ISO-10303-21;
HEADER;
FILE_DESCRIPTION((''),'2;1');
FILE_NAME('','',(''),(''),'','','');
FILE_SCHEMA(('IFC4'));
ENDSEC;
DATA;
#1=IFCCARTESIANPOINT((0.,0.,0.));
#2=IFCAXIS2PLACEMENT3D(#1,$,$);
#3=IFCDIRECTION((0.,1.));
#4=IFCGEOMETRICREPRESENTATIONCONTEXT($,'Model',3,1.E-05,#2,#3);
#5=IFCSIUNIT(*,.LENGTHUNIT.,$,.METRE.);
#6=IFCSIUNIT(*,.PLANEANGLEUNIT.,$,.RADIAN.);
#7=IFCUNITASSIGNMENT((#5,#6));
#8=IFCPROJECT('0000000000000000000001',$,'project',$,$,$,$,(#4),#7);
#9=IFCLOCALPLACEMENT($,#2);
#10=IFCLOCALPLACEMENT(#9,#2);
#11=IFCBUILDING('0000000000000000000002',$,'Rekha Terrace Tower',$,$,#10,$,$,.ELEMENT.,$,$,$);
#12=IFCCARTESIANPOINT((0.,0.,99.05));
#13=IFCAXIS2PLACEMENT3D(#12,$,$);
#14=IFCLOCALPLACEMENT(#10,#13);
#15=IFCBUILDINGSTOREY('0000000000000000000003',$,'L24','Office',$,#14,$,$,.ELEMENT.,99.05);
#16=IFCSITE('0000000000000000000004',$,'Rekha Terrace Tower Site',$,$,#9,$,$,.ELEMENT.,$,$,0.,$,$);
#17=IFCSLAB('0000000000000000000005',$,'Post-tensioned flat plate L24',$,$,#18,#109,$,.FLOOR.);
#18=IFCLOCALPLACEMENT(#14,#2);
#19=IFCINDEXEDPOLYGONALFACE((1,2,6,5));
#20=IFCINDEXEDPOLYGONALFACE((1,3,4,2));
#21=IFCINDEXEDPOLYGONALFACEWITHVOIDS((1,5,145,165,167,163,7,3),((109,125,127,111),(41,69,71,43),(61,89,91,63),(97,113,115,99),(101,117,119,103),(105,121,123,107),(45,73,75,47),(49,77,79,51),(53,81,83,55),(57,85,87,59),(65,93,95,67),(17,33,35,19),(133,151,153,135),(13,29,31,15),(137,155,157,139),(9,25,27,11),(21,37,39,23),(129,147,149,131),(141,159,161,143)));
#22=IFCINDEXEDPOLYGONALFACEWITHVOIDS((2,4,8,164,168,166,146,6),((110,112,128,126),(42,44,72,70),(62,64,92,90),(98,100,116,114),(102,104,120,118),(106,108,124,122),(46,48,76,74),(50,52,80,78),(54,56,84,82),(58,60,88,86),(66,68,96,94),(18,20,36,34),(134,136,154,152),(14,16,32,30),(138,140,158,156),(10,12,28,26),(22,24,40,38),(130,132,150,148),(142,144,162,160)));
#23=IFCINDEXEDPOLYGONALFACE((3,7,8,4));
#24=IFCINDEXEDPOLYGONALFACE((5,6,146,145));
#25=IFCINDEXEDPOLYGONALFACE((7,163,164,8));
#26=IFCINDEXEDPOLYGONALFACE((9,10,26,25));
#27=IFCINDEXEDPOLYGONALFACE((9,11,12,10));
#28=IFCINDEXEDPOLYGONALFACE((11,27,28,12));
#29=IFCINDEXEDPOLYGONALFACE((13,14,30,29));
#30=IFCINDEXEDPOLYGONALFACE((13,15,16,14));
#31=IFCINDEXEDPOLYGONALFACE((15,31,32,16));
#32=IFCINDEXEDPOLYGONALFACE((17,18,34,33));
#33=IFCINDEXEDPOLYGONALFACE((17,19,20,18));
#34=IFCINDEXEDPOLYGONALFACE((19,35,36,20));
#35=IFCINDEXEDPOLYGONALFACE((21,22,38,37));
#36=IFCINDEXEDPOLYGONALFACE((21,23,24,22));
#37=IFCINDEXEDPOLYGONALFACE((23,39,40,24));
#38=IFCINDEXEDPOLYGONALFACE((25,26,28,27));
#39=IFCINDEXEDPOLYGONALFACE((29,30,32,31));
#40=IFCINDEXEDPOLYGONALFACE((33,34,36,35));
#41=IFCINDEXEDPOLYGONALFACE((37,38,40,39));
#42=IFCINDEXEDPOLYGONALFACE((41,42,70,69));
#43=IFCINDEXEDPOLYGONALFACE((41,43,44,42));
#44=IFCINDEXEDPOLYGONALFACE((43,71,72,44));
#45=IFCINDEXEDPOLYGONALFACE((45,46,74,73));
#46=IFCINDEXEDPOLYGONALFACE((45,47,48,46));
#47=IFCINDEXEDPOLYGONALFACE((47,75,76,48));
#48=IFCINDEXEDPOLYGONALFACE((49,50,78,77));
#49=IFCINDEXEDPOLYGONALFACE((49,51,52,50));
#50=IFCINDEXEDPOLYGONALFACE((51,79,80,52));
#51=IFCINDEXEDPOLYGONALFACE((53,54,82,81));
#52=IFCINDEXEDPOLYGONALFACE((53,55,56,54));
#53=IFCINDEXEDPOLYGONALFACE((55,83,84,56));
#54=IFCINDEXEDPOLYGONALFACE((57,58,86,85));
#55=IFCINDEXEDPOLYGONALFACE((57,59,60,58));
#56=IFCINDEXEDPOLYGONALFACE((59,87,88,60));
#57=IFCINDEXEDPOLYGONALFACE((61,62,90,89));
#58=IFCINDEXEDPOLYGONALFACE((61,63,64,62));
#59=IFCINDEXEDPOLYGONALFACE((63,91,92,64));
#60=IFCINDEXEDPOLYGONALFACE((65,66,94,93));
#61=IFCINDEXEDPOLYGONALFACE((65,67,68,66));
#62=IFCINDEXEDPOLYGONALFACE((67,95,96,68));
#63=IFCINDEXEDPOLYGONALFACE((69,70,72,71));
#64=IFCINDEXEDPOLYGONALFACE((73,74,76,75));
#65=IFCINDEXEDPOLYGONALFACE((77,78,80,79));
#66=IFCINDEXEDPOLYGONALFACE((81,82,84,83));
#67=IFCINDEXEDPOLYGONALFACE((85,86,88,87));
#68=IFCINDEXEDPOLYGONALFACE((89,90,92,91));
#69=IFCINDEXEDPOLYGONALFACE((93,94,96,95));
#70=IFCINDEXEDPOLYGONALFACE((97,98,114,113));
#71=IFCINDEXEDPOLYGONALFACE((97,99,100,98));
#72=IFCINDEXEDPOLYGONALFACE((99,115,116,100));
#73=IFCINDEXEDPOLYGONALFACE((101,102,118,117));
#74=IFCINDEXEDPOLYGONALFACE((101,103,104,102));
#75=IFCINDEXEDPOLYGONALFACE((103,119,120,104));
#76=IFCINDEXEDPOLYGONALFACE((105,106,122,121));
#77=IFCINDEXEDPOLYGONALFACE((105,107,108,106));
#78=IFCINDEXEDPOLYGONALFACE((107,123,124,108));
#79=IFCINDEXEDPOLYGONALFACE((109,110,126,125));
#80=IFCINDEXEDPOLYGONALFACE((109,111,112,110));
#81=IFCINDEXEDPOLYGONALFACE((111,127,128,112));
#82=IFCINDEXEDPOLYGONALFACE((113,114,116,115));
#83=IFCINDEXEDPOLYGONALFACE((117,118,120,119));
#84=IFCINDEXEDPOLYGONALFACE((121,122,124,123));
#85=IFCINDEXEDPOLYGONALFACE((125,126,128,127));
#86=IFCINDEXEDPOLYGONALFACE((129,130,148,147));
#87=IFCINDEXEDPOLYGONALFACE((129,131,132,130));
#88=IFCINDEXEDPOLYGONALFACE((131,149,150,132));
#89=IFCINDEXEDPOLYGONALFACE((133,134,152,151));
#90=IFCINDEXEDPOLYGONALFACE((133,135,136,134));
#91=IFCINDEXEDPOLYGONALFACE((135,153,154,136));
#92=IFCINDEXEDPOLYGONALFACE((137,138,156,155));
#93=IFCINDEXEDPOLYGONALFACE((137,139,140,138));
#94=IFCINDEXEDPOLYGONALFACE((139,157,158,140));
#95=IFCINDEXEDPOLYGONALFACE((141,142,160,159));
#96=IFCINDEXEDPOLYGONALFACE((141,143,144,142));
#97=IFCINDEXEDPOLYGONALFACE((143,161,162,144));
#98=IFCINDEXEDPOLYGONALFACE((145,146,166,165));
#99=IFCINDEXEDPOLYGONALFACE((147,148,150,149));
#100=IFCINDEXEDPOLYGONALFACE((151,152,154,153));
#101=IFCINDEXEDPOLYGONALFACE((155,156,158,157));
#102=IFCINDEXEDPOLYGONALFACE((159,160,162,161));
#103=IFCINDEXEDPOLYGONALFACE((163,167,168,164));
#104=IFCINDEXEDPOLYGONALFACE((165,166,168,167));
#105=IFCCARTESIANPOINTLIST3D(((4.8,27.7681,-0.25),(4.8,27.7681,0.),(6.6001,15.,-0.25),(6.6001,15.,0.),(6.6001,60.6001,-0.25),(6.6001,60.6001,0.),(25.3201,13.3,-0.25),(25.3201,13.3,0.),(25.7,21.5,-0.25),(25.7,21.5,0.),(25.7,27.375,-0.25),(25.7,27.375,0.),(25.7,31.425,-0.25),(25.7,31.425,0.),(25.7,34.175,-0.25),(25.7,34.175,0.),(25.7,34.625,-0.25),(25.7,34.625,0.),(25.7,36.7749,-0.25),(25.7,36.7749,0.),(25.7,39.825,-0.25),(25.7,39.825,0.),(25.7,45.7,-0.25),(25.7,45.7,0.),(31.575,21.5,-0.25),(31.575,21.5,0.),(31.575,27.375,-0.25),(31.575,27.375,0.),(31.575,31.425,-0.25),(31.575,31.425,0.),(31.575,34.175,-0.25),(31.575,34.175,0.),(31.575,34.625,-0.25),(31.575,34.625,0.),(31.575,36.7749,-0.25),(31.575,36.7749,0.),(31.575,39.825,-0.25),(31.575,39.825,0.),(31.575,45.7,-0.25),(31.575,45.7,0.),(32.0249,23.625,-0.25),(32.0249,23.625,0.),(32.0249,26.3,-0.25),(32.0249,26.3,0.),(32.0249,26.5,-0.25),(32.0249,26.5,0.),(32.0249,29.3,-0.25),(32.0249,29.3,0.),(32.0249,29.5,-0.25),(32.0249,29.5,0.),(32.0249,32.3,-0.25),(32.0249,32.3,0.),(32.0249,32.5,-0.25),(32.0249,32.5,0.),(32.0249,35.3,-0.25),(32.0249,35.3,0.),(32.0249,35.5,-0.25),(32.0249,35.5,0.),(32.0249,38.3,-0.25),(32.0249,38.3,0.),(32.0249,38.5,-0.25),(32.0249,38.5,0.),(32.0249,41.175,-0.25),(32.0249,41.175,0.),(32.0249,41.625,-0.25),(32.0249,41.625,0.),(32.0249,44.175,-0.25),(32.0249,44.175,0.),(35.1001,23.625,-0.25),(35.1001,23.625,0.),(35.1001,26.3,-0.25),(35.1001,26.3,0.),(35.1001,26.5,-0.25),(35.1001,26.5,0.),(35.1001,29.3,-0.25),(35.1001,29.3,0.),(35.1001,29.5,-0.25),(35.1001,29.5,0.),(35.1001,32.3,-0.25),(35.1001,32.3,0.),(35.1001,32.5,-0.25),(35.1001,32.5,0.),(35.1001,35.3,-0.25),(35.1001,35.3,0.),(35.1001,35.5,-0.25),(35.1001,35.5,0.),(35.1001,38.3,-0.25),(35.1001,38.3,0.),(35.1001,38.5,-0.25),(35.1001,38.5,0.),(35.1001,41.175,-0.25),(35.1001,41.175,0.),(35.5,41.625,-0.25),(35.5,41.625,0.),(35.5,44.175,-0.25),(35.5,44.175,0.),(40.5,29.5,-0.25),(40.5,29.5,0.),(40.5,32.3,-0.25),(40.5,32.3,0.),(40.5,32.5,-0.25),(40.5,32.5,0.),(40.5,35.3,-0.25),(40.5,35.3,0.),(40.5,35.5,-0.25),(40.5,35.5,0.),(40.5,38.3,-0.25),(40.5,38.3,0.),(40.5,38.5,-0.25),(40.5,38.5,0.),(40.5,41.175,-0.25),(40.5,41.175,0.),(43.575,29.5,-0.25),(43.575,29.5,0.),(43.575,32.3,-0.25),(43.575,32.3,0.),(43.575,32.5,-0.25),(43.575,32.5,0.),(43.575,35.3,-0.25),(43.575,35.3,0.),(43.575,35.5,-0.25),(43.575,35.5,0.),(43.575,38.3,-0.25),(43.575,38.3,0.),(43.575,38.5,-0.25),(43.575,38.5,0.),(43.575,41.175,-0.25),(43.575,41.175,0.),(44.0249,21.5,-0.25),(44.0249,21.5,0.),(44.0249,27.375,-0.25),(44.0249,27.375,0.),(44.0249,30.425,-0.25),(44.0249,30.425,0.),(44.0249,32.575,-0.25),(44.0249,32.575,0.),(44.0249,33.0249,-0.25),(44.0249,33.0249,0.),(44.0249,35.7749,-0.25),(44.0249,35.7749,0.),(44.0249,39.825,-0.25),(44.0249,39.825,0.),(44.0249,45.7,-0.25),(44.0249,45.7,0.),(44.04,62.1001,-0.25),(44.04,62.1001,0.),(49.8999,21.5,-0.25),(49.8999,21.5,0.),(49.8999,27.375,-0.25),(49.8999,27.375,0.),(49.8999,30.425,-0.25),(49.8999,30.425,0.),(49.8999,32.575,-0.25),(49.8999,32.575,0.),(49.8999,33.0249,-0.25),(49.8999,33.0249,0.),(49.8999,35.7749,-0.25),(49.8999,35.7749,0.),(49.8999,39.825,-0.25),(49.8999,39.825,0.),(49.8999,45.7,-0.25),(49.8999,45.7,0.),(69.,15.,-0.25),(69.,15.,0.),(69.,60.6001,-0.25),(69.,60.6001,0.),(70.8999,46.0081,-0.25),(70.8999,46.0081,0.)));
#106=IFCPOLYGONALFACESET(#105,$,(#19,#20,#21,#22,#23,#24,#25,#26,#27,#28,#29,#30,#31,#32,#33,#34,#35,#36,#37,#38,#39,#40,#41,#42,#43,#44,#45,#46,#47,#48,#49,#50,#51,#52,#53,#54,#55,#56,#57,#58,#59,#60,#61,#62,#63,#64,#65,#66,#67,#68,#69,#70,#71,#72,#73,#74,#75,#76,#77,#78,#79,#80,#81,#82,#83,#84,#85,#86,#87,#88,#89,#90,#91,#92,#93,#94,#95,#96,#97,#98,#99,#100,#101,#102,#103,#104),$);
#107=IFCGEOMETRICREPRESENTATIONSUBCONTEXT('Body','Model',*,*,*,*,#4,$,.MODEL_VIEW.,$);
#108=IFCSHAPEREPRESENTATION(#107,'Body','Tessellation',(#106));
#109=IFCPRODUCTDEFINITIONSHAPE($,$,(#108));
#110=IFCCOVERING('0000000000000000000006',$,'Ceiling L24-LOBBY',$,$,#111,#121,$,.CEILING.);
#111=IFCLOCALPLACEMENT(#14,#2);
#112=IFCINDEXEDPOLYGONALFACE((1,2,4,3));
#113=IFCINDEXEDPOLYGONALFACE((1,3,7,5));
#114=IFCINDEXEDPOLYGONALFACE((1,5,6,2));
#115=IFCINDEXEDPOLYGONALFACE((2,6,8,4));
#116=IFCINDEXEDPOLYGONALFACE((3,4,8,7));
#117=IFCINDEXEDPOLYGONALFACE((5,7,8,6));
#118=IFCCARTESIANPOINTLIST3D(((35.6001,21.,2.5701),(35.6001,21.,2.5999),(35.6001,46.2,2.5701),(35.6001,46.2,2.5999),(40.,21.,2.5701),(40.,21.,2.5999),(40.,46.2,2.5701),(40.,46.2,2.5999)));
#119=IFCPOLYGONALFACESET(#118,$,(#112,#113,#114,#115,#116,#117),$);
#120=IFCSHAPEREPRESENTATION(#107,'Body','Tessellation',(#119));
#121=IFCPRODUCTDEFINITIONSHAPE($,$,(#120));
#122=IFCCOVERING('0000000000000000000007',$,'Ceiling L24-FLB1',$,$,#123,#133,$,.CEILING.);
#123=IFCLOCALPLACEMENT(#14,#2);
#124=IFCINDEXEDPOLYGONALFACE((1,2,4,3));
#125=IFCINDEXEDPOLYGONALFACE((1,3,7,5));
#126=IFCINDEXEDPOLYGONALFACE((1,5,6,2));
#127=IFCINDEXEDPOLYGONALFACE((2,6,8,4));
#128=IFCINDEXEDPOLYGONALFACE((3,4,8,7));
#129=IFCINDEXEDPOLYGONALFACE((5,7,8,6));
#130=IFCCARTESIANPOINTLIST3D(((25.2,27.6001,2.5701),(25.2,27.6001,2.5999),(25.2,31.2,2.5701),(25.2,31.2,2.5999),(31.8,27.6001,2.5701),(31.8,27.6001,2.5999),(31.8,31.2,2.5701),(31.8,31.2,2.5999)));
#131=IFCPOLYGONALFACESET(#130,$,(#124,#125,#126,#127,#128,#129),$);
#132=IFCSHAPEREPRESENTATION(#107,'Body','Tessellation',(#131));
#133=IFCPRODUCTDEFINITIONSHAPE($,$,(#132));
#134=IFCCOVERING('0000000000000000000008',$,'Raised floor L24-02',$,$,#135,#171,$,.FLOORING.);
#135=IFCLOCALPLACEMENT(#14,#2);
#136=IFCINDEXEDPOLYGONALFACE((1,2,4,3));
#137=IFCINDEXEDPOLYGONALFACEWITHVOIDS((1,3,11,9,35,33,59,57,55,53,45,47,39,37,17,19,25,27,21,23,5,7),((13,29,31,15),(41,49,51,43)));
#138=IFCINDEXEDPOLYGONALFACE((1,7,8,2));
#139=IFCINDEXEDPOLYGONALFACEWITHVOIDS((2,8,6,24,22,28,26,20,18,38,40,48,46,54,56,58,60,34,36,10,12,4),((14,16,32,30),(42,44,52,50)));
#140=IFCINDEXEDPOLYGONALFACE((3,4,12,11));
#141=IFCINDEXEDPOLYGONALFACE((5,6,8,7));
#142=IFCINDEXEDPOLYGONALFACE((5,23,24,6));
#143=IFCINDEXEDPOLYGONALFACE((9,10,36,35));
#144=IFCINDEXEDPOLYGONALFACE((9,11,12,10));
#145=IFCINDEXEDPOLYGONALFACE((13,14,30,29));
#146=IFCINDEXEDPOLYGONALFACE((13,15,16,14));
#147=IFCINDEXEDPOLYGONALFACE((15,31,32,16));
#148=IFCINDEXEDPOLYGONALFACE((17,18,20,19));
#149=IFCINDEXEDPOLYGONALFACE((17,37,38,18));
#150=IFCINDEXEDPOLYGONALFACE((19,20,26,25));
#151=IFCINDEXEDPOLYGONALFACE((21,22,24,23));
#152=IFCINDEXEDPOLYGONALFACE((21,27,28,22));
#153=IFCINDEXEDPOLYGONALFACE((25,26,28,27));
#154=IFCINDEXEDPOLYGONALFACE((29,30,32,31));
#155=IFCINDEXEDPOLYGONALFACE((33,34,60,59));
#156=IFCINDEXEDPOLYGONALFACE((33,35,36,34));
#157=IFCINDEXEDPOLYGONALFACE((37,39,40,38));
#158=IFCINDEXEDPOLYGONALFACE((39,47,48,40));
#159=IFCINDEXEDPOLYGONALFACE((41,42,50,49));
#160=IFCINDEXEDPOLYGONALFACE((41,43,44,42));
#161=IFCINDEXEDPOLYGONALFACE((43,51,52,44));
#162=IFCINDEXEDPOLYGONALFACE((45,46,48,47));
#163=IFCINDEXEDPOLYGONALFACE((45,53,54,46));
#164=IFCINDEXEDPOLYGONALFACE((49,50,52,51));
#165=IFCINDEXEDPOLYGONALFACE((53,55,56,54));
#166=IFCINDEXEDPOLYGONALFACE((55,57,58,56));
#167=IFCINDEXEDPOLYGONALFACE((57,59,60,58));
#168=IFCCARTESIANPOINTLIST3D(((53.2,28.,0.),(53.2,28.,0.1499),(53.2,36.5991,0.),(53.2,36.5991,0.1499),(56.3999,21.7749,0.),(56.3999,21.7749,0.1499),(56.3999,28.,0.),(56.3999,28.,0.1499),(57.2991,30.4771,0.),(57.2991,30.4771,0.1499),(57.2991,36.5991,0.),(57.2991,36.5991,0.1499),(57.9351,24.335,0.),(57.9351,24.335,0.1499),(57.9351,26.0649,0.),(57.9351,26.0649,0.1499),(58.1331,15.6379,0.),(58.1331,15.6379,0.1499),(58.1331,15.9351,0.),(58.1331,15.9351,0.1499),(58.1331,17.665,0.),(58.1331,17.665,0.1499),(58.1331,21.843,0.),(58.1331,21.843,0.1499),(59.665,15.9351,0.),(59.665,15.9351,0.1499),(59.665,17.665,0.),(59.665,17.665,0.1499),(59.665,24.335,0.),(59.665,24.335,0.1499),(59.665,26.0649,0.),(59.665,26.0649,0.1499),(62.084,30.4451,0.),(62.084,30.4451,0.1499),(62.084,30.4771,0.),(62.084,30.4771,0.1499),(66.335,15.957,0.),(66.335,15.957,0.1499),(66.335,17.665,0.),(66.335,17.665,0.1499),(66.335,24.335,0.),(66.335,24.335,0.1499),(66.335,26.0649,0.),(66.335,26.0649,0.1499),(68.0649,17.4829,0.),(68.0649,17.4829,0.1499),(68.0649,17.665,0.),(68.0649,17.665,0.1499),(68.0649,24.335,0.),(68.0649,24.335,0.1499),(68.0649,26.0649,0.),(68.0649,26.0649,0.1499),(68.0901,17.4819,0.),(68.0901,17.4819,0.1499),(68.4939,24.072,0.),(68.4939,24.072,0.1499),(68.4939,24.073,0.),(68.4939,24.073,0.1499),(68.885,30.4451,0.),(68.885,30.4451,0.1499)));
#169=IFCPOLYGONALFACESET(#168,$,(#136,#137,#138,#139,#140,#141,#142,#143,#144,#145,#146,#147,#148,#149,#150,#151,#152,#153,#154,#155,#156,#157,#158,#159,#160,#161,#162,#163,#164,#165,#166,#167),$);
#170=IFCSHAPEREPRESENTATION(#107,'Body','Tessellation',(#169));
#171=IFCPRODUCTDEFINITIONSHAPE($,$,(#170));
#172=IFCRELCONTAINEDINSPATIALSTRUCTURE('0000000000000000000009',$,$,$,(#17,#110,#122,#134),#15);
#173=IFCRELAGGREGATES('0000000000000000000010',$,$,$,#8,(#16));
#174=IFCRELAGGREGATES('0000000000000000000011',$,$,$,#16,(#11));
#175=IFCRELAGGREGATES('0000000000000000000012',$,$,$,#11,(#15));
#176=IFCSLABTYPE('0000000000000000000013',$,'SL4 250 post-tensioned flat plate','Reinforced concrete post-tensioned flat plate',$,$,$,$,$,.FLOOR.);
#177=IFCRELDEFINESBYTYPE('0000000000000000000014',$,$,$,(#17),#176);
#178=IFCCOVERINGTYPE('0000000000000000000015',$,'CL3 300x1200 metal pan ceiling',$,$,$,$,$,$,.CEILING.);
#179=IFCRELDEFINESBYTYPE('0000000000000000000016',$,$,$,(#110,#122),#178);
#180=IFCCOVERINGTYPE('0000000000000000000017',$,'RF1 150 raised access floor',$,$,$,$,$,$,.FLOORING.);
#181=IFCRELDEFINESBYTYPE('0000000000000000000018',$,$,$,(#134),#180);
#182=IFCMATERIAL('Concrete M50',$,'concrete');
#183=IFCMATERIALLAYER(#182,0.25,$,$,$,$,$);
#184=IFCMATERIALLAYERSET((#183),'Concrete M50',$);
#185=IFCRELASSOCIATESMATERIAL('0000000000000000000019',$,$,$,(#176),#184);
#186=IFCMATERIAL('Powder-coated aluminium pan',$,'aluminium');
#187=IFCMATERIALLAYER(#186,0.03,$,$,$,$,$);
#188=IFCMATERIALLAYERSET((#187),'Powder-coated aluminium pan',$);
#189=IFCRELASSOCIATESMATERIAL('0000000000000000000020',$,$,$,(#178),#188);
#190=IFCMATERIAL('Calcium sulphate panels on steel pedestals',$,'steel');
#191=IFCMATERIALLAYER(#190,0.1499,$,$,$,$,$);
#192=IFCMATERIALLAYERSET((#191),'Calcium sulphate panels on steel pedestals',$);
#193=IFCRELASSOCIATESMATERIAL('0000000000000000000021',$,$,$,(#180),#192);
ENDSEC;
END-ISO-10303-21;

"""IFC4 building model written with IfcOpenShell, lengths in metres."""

from ifc_helpers import new_model, si_unit, direction, frame, origin, place, context, subcontext, project, spatial, polyline, outline, extrude, material, layer, layer_set, type_object, element, save


model = new_model("IFC4")

# Units and contexts
model_context = context("Model", 3, precision=1e-05, world=origin(), true_north=direction((0.0, 1.0)))
body_context = subcontext(model_context, "Body", "Model", "MODEL_VIEW")
ifc_project = project(units=[si_unit("LENGTHUNIT", "METRE"), si_unit("PLANEANGLEUNIT", "RADIAN")], contexts=[model_context])

# Site, building, storey
site_placement = place(None, origin())
site = spatial("IfcSite", under=ifc_project, at=site_placement, Name="Rekha Terrace Tower Site", CompositionType="ELEMENT", RefElevation=0.0)
building_placement = place(site_placement, origin())
building = spatial("IfcBuilding", under=site, at=building_placement, Name="Rekha Terrace Tower", CompositionType="ELEMENT")
storey_placement = place(building_placement, frame((0.0, 0.0, 99.05)))
storey = spatial("IfcBuildingStorey", under=building, at=storey_placement, Name="L24", Description="Office", CompositionType="ELEMENT", Elevation=99.05)

# Slab
ifc_material_1 = material(Name="Concrete M50", Category="concrete")
ifc_layer_1 = layer(ifc_material_1, 0.25)
ifc_layer_set_1 = layer_set([ifc_layer_1], Name="Concrete M50")
slab_type_1 = type_object("IfcSlabType", Name="SL4 250 post-tensioned flat plate", Description="Reinforced concrete post-tensioned flat plate", PredefinedType="FLOOR", material=ifc_layer_set_1)
slab_1_placement = place(storey_placement, frame((0.0, 0.0, -0.25)))
element("IfcSlab", 1, at=slab_1_placement, inside=storey, type_object=slab_type_1, Name="Post-tensioned flat plate L24", PredefinedType="FLOOR", context=body_context, shape_type="SweptSolid", body=[
    extrude(outline(polyline([(4.8, 27.7681), (6.6001, 15.0), (25.3201, 13.3), (69.0, 15.0), (70.8999, 46.0081), (69.0, 60.6001), (44.04, 62.1001), (6.6001, 60.6001), (4.8, 27.7681)]), holes=[polyline([(31.575, 27.375), (31.575, 21.5), (25.7, 21.5), (25.7, 27.375), (31.575, 27.375)]), polyline([(35.1001, 26.3), (35.1001, 23.625), (32.0249, 23.625), (32.0249, 26.3), (35.1001, 26.3)]), polyline([(35.1001, 29.3), (35.1001, 26.5), (32.0249, 26.5), (32.0249, 29.3), (35.1001, 29.3)]), polyline([(35.1001, 32.3), (35.1001, 29.5), (32.0249, 29.5), (32.0249, 32.3), (35.1001, 32.3)]), polyline([(31.575, 34.175), (31.575, 31.425), (25.7, 31.425), (25.7, 34.175), (31.575, 34.175)]), polyline([(35.1001, 35.3), (35.1001, 32.5), (32.0249, 32.5), (32.0249, 35.3), (35.1001, 35.3)]), polyline([(31.575, 36.7749), (31.575, 34.625), (25.7, 34.625), (25.7, 36.7749), (31.575, 36.7749)]), polyline([(35.1001, 35.5), (32.0249, 35.5), (32.0249, 38.3), (35.1001, 38.3), (35.1001, 35.5)]), polyline([(35.1001, 38.5), (32.0249, 38.5), (32.0249, 41.175), (35.1001, 41.175), (35.1001, 38.5)]), polyline([(31.575, 45.7), (31.575, 39.825), (25.7, 39.825), (25.7, 45.7), (31.575, 45.7)]), polyline([(49.8999, 27.375), (49.8999, 21.5), (44.0249, 21.5), (44.0249, 27.375), (49.8999, 27.375)]), polyline([(43.575, 32.3), (43.575, 29.5), (40.5, 29.5), (40.5, 32.3), (43.575, 32.3)]), polyline([(49.8999, 30.425), (44.0249, 30.425), (44.0249, 32.575), (49.8999, 32.575), (49.8999, 30.425)]), polyline([(43.575, 32.5), (40.5, 32.5), (40.5, 35.3), (43.575, 35.3), (43.575, 32.5)]), polyline([(49.8999, 35.7749), (49.8999, 33.0249), (44.0249, 33.0249), (44.0249, 35.7749), (49.8999, 35.7749)]), polyline([(43.575, 38.3), (43.575, 35.5), (40.5, 35.5), (40.5, 38.3), (43.575, 38.3)]), polyline([(43.575, 41.175), (43.575, 38.5), (40.5, 38.5), (40.5, 41.175), (43.575, 41.175)]), polyline([(49.8999, 39.825), (44.0249, 39.825), (44.0249, 45.7), (49.8999, 45.7), (49.8999, 39.825)]), polyline([(35.5, 41.625), (32.0249, 41.625), (32.0249, 44.175), (35.5, 44.175), (35.5, 41.625)])]), origin(), (0.0, 0.0, 1.0), 0.25),
])

# Coverings
ifc_material_2 = material(Name="Powder-coated aluminium pan", Category="aluminium")
ifc_layer_2 = layer(ifc_material_2, 0.03)
ifc_layer_set_2 = layer_set([ifc_layer_2], Name="Powder-coated aluminium pan")
covering_type_1 = type_object("IfcCoveringType", Name="CL3 300x1200 metal pan ceiling", PredefinedType="CEILING", material=ifc_layer_set_2)
covering_1_placement = place(storey_placement, frame((0.0, 0.0, 2.5701)))
element("IfcCovering", 2, at=covering_1_placement, inside=storey, type_object=covering_type_1, Name="Ceiling L24-LOBBY", PredefinedType="CEILING", context=body_context, shape_type="SweptSolid", body=[
    extrude(outline(polyline([(40.0, 46.2), (35.6001, 46.2), (35.6001, 21.0), (40.0, 21.0), (40.0, 46.2)])), origin(), (0.0, 0.0, 1.0), 0.0298),
])
covering_2_placement = place(storey_placement, frame((0.0, 0.0, 2.5701)))
element("IfcCovering", 3, at=covering_2_placement, inside=storey, type_object=covering_type_1, Name="Ceiling L24-FLB1", PredefinedType="CEILING", context=body_context, shape_type="SweptSolid", body=[
    extrude(outline(polyline([(31.8, 31.2), (25.2, 31.2), (25.2, 27.6001), (31.8, 27.6001), (31.8, 31.2)])), origin(), (0.0, 0.0, 1.0), 0.0298),
])
ifc_material_3 = material(Name="Calcium sulphate panels on steel pedestals", Category="steel")
ifc_layer_3 = layer(ifc_material_3, 0.1499)
ifc_layer_set_3 = layer_set([ifc_layer_3], Name="Calcium sulphate panels on steel pedestals")
covering_type_2 = type_object("IfcCoveringType", Name="RF1 150 raised access floor", PredefinedType="FLOORING", material=ifc_layer_set_3)
covering_3_placement = place(storey_placement, origin())
element("IfcCovering", 4, at=covering_3_placement, inside=storey, type_object=covering_type_2, Name="Raised floor L24-02", PredefinedType="FLOORING", context=body_context, shape_type="SweptSolid", body=[
    extrude(outline(polyline([(58.1331, 15.9351), (58.1331, 15.6379), (66.335, 15.957), (66.335, 17.665), (68.0649, 17.665), (68.0649, 17.4829), (68.0901, 17.4819), (68.4939, 24.072), (68.4939, 24.073), (68.885, 30.4451), (62.084, 30.4451), (62.084, 30.4771), (57.2991, 30.4771), (57.2991, 36.5991), (53.2, 36.5991), (53.2, 28.0), (56.3999, 28.0), (56.3999, 21.7749), (58.1331, 21.843), (58.1331, 17.665), (59.665, 17.665), (59.665, 15.9351), (58.1331, 15.9351)]), holes=[polyline([(68.0649, 24.335), (66.335, 24.335), (66.335, 26.0649), (68.0649, 26.0649), (68.0649, 24.335)]), polyline([(59.665, 26.0649), (59.665, 24.335), (57.9351, 24.335), (57.9351, 26.0649), (59.665, 26.0649)])]), origin(), (0.0, 0.0, 1.0), 0.1499),
])

save(model, "model.ifc")
